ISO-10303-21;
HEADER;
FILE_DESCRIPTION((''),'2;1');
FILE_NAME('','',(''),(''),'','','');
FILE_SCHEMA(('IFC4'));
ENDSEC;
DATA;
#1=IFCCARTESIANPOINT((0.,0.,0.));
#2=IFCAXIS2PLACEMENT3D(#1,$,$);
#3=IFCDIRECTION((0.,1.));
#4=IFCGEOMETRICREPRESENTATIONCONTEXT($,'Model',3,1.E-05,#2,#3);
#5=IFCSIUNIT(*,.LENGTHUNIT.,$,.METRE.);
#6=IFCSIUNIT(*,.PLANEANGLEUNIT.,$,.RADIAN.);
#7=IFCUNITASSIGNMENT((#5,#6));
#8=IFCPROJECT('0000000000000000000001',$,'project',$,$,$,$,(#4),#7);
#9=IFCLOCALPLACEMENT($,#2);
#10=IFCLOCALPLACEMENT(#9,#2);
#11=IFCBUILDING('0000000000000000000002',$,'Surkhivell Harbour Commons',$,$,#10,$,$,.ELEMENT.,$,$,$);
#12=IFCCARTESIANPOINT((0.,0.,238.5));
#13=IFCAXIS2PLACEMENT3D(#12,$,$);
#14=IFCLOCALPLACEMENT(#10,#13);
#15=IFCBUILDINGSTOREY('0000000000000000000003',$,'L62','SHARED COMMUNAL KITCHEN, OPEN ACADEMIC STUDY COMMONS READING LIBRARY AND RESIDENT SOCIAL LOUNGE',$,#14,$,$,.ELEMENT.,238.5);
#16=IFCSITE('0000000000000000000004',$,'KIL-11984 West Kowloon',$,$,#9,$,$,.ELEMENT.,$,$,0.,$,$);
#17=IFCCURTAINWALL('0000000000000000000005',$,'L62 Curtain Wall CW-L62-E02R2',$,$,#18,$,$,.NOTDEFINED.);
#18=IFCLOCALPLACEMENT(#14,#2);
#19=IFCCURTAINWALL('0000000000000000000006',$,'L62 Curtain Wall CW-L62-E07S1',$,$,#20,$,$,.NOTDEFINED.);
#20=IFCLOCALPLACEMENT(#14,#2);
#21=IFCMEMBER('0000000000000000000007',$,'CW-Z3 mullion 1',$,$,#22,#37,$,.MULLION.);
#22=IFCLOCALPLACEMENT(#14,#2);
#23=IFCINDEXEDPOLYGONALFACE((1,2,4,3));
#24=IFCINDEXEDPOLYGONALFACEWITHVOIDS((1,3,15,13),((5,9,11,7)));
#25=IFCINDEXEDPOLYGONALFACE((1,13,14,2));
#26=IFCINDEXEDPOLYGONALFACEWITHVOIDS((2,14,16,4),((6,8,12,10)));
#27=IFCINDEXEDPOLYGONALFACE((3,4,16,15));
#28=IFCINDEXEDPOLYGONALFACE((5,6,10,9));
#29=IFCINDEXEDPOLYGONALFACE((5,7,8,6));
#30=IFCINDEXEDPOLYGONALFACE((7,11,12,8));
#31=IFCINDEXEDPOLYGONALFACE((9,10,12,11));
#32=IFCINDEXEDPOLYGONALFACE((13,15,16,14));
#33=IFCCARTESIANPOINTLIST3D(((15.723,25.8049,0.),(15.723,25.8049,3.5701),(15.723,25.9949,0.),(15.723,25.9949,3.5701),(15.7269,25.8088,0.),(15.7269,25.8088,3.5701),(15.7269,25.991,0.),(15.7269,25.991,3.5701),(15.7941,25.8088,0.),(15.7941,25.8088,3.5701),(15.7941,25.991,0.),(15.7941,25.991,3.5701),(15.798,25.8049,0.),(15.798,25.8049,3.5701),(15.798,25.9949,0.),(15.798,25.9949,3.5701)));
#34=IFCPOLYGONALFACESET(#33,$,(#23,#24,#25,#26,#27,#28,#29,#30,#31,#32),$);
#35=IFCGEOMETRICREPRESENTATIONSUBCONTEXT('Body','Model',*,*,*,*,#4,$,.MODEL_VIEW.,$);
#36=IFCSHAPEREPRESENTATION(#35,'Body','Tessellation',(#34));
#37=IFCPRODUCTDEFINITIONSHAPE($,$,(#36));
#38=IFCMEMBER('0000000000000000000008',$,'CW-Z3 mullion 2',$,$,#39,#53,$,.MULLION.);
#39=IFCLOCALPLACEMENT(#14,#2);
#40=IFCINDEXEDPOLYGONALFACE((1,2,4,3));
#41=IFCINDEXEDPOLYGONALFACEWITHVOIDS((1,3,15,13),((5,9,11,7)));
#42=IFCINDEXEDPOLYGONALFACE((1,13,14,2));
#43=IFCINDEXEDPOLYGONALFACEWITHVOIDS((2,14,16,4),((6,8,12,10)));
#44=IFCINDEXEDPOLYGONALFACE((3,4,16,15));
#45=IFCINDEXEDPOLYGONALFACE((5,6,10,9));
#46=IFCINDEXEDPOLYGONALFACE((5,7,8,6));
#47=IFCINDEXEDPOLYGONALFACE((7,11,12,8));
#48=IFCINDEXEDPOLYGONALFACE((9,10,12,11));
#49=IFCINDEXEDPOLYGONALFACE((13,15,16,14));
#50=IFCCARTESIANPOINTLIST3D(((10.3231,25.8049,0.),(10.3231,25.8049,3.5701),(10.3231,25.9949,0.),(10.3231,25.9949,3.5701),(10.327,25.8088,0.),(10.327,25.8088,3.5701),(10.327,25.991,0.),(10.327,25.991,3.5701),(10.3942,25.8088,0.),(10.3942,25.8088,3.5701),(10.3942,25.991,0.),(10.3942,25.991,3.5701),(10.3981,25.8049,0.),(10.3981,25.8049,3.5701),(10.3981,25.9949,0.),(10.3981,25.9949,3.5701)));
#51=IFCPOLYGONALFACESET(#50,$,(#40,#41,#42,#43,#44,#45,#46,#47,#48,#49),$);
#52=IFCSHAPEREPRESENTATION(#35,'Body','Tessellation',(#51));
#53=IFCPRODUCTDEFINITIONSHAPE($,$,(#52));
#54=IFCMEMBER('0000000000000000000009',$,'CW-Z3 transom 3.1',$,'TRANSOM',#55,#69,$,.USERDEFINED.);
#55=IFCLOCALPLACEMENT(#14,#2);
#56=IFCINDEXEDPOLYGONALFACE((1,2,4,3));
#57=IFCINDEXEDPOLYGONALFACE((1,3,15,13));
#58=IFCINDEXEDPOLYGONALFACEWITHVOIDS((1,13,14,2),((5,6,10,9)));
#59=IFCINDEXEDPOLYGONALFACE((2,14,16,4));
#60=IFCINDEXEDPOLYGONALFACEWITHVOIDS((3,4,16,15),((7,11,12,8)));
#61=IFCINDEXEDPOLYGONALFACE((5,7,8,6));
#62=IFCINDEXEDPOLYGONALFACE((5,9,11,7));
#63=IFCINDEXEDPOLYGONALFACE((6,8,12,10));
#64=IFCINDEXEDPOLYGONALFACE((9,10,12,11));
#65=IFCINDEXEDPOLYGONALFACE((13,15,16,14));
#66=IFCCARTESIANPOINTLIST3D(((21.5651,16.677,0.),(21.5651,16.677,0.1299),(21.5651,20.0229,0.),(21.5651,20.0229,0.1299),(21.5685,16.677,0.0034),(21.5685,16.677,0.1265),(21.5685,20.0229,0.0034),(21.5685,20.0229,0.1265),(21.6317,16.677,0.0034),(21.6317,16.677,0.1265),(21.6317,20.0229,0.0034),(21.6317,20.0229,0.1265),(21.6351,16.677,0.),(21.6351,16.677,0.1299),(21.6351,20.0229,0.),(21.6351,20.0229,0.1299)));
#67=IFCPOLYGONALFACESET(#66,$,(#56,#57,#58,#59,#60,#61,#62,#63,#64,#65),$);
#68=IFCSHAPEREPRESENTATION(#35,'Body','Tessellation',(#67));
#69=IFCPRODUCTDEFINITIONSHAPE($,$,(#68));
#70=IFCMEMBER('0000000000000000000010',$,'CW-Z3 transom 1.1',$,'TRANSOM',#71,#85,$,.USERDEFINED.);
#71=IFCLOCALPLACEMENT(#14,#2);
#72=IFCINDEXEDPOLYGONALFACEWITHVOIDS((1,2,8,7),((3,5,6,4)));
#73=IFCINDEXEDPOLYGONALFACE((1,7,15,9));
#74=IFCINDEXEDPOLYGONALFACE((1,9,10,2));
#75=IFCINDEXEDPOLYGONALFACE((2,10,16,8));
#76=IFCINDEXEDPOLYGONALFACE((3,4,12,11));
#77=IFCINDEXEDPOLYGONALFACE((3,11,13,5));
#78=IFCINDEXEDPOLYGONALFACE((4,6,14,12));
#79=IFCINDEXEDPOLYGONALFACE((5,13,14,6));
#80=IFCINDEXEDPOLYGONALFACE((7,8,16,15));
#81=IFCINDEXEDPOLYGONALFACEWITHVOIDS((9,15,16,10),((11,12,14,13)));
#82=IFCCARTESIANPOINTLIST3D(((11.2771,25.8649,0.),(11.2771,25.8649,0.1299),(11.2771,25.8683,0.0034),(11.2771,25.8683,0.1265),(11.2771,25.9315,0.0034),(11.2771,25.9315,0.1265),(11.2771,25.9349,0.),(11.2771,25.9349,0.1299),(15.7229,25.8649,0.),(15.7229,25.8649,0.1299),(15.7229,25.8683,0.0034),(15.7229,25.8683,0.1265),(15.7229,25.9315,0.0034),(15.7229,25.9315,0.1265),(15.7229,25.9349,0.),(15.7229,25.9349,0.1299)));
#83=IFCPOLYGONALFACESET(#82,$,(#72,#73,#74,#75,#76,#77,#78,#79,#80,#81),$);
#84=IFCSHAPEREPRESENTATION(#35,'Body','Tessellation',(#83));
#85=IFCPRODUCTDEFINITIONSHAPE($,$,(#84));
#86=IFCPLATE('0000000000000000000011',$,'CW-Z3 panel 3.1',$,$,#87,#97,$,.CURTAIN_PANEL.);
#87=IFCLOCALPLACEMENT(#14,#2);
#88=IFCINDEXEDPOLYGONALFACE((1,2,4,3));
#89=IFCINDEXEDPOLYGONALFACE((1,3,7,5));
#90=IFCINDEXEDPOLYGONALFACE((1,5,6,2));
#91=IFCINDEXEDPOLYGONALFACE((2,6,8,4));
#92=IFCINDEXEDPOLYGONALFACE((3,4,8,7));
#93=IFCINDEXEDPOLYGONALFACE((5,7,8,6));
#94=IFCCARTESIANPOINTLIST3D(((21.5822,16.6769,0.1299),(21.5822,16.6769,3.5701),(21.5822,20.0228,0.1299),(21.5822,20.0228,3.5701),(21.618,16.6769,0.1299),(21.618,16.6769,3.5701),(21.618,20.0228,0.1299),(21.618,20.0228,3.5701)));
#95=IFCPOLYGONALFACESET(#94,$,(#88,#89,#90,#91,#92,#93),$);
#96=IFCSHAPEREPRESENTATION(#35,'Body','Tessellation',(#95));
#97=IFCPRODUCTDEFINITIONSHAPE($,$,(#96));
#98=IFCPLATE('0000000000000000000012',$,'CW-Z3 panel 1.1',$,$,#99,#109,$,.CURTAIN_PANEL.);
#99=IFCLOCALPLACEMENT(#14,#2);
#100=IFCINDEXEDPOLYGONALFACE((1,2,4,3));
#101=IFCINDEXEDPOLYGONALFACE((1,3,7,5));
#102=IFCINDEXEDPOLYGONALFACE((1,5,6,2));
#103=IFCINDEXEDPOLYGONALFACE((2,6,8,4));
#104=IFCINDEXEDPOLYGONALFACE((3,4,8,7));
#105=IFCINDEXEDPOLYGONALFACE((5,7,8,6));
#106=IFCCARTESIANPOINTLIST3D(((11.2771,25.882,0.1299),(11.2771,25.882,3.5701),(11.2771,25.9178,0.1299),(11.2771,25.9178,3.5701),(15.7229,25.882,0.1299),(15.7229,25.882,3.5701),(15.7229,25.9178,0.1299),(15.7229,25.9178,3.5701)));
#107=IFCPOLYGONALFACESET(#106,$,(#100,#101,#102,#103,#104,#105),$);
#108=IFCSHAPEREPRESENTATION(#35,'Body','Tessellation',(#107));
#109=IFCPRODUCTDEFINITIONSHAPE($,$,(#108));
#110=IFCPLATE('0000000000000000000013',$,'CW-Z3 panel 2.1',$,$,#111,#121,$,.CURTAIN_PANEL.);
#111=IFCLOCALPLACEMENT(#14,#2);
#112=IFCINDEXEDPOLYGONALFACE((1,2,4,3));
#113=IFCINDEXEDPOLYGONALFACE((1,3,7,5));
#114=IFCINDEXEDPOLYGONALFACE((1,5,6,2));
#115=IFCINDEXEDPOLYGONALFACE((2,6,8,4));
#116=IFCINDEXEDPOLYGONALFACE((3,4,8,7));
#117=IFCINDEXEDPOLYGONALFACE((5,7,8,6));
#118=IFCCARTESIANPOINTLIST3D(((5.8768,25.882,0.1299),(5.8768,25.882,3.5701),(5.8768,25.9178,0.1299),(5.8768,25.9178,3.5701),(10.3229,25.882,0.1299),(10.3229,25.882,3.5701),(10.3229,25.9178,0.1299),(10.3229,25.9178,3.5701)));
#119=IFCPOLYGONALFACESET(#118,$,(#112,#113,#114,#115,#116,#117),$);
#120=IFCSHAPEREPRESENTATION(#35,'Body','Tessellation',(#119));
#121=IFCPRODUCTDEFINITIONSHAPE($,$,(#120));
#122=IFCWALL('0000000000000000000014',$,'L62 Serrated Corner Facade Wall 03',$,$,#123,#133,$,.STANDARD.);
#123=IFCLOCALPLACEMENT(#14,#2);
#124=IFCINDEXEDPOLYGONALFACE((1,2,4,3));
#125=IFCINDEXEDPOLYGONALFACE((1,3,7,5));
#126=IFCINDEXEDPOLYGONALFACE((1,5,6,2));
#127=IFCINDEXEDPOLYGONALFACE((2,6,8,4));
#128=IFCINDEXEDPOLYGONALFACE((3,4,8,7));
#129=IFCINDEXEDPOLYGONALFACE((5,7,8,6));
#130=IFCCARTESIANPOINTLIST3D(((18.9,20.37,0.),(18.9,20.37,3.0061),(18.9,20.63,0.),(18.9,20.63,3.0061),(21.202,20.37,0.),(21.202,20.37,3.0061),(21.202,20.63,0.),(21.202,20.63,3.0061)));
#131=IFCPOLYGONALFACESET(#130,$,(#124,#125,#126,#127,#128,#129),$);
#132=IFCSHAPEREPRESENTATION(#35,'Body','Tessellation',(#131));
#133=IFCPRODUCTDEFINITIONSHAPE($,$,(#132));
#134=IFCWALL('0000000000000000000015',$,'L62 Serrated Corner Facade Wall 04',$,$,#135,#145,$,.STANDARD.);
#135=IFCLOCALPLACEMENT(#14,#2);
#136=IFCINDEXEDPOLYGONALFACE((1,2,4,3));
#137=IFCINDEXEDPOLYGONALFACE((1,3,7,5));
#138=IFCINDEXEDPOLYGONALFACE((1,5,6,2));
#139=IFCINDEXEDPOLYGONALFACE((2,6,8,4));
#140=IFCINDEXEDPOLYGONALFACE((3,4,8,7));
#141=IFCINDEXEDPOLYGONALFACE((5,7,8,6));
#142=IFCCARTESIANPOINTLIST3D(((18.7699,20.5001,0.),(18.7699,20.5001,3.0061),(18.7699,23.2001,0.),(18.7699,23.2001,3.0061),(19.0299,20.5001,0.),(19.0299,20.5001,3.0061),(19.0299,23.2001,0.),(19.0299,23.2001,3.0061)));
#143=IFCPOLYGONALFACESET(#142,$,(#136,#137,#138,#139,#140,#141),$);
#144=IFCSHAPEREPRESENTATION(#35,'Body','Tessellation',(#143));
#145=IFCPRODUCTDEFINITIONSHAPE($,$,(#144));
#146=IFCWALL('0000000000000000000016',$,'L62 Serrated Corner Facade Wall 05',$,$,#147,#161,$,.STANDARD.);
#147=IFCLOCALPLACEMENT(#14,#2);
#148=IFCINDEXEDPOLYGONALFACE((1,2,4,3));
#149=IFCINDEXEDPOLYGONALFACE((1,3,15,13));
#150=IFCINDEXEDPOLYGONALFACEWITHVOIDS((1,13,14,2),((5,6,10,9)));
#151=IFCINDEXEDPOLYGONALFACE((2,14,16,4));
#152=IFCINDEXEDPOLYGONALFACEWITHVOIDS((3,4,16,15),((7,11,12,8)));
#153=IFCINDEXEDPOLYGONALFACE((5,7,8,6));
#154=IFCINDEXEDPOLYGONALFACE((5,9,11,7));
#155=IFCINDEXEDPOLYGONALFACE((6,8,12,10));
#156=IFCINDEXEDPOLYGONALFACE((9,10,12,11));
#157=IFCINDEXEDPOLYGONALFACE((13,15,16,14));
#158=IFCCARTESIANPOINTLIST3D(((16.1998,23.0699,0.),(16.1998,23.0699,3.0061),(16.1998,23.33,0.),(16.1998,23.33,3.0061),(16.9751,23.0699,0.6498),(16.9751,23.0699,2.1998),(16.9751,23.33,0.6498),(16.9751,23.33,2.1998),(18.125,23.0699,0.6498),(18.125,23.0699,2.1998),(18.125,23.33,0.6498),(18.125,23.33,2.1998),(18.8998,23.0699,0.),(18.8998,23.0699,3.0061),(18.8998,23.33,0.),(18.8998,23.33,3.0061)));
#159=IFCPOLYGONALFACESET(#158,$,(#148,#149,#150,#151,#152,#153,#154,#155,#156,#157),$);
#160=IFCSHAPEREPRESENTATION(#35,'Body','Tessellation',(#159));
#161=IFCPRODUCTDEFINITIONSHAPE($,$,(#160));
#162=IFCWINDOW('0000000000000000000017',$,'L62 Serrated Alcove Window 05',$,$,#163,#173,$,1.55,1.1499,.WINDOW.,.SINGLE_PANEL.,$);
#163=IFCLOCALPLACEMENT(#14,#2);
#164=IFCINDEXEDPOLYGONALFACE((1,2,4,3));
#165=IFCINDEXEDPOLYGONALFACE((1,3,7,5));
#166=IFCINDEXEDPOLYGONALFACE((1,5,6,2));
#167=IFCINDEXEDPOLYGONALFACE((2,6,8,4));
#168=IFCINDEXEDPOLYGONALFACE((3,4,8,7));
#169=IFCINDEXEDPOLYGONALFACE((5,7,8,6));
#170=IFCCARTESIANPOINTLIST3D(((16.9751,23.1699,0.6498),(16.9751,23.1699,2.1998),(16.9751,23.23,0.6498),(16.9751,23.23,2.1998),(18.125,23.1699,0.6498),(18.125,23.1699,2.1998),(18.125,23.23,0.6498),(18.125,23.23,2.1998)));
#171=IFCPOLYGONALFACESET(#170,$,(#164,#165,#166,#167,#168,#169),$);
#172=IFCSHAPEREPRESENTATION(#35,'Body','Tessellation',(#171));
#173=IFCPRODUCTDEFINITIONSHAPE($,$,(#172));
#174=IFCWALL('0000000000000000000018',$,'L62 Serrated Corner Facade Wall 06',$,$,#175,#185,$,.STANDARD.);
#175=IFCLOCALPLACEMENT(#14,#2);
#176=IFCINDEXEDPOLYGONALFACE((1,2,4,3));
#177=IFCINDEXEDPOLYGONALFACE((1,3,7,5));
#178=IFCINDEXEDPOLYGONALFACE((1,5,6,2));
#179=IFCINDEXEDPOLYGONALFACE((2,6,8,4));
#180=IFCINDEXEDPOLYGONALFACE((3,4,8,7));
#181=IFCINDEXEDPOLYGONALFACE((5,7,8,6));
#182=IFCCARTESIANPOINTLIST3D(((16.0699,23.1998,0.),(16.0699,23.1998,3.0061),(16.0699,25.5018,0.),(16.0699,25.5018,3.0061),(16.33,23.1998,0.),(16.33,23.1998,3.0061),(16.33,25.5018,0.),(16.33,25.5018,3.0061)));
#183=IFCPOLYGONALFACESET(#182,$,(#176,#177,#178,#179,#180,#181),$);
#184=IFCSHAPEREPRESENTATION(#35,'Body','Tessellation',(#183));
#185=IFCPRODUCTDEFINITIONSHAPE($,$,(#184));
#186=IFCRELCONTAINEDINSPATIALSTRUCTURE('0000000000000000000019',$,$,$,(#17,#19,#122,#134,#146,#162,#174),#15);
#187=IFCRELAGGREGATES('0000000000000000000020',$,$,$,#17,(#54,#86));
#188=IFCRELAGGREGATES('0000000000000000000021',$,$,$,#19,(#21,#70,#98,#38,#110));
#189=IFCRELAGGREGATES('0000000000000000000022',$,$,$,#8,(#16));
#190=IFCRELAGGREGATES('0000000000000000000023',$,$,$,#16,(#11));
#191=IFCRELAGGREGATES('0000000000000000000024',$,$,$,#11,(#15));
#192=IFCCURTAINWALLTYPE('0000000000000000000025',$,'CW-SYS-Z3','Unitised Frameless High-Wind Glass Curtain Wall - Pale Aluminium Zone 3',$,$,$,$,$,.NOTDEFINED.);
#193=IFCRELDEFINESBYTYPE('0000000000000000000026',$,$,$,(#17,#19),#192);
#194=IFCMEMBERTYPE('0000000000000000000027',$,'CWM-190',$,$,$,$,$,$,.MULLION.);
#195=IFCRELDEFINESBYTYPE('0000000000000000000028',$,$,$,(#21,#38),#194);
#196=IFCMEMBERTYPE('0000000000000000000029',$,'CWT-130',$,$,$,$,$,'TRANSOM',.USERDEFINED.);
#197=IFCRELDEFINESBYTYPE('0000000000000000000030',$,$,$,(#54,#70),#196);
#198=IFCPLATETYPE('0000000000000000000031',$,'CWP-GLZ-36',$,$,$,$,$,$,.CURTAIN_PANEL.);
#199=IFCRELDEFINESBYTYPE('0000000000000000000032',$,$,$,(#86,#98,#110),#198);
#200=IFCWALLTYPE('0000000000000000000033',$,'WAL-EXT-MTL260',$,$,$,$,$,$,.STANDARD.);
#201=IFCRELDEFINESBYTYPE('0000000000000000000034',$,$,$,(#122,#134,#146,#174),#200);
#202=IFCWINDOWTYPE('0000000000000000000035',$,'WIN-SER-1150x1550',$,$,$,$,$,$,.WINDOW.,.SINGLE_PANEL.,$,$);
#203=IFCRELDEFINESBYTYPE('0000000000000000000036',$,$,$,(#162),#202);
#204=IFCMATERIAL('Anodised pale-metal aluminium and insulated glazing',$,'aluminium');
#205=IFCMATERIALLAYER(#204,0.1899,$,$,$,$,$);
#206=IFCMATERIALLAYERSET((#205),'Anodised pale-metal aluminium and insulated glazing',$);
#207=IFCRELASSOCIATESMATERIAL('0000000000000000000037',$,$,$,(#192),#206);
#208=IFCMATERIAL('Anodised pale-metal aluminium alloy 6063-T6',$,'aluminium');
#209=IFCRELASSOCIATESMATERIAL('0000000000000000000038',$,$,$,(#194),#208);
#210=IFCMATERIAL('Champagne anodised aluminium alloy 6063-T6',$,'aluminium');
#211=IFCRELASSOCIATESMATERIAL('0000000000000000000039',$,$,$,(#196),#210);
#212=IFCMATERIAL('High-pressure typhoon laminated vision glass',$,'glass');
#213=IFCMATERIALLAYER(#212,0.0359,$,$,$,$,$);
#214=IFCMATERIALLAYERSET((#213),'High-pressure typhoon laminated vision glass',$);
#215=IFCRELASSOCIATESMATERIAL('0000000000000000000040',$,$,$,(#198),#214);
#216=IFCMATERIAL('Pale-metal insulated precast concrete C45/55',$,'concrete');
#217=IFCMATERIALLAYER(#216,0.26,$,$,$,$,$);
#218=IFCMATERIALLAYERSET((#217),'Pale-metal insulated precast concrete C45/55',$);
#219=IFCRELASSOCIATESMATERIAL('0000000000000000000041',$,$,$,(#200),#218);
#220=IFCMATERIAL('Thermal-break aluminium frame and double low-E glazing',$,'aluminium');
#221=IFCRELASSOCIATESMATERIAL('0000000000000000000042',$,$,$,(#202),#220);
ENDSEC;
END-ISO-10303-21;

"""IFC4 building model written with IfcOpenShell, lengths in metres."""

from ifc_helpers import new_model, si_unit, direction, frame, frame_2d, origin, origin_2d, place, context, subcontext, project, spatial, rectangle, hollow_rectangle, extrude, material, layer, layer_set, material_profile, profile_set, type_object, element, fill, aggregate, save


model = new_model("IFC4")

# Units and contexts
model_context = context("Model", 3, precision=1e-05, world=origin(), true_north=direction((0.0, 1.0)))
body_context = subcontext(model_context, "Body", "Model", "MODEL_VIEW")
ifc_project = project(units=[si_unit("LENGTHUNIT", "METRE"), si_unit("PLANEANGLEUNIT", "RADIAN")], contexts=[model_context])

# Site, building, storey
site_placement = place(None, origin())
site = spatial("IfcSite", under=ifc_project, at=site_placement, Name="KIL-11984 West Kowloon", CompositionType="ELEMENT", RefElevation=0.0)
building_placement = place(site_placement, origin())
building = spatial("IfcBuilding", under=site, at=building_placement, Name="Surkhivell Harbour Commons", CompositionType="ELEMENT")
storey_placement = place(building_placement, frame((0.0, 0.0, 238.5)))
storey = spatial("IfcBuildingStorey", under=building, at=storey_placement, Name="L62", Description="SHARED COMMUNAL KITCHEN, OPEN ACADEMIC STUDY COMMONS READING LIBRARY AND RESIDENT SOCIAL LOUNGE", CompositionType="ELEMENT", Elevation=238.5)

# Curtain walls, members
ifc_material_1 = material(Name="Anodised pale-metal aluminium and insulated glazing", Category="aluminium")
ifc_layer_1 = layer(ifc_material_1, 0.1899)
ifc_layer_set_1 = layer_set([ifc_layer_1], Name="Anodised pale-metal aluminium and insulated glazing")
curtain_wall_type = type_object("IfcCurtainWallType", Name="CW-SYS-Z3", Description="Unitised Frameless High-Wind Glass Curtain Wall - Pale Aluminium Zone 3", PredefinedType="NOTDEFINED", material=ifc_layer_set_1)
curtain_wall_1_placement = place(storey_placement, origin())
curtain_wall_1 = element("IfcCurtainWall", 1, at=curtain_wall_1_placement, inside=storey, type_object=curtain_wall_type, Name="L62 Curtain Wall CW-L62-E02R2", PredefinedType="NOTDEFINED")
ifc_material_2 = material(Name="Anodised pale-metal aluminium alloy 6063-T6", Category="aluminium")
ifc_material_profile_1 = material_profile(ifc_material_2, hollow_rectangle(XDim=0.075, YDim=0.1899, WallThickness=0.0039, at=origin_2d()), Name="ALU-MULL-75x190")
ifc_profile_set_1 = profile_set([ifc_material_profile_1], Name="Anodised pale-metal aluminium alloy 6063-T6")
member_type_1 = type_object("IfcMemberType", Name="CWM-190", PredefinedType="MULLION", material=ifc_profile_set_1)
curtain_wall_2_placement = place(storey_placement, origin())
curtain_wall_2 = element("IfcCurtainWall", 2, at=curtain_wall_2_placement, inside=storey, type_object=curtain_wall_type, Name="L62 Curtain Wall CW-L62-E07S1", PredefinedType="NOTDEFINED")
member_1_placement = place(storey_placement, frame((15.7605, 25.8999, 0.0), z_axis=(0.0, 0.0, 1.0), x_axis=(-1.0, 0.0, 0.0)))
member_1 = element("IfcMember", 3, at=member_1_placement, type_object=member_type_1, Name="CW-Z3 mullion 1", PredefinedType="MULLION", context=body_context, shape_type="SweptSolid", body=[
    extrude(hollow_rectangle(XDim=0.075, YDim=0.1899, WallThickness=0.0039, at=origin_2d()), origin(), (0.0, 0.0, 1.0), 3.5701),
])
member_2_placement = place(storey_placement, frame((10.3606, 25.8999, 0.0), z_axis=(0.0, 0.0, 1.0), x_axis=(-1.0, 0.0, 0.0)))
member_2 = element("IfcMember", 4, at=member_2_placement, type_object=member_type_1, Name="CW-Z3 mullion 2", PredefinedType="MULLION", context=body_context, shape_type="SweptSolid", body=[
    extrude(hollow_rectangle(XDim=0.075, YDim=0.1899, WallThickness=0.0039, at=origin_2d()), origin(), (0.0, 0.0, 1.0), 3.5701),
])

# Members
ifc_material_3 = material(Name="Champagne anodised aluminium alloy 6063-T6", Category="aluminium")
ifc_material_profile_2 = material_profile(ifc_material_3, hollow_rectangle(XDim=0.0701, YDim=0.1299, WallThickness=0.0034, at=origin_2d()), Name="ALU-TRAN-70x130")
ifc_profile_set_2 = profile_set([ifc_material_profile_2], Name="Champagne anodised aluminium alloy 6063-T6")
member_type_2 = type_object("IfcMemberType", Name="CWT-130", ElementType="TRANSOM", PredefinedType="USERDEFINED", material=ifc_profile_set_2)
member_3_placement = place(storey_placement, frame((21.6001, 16.677, 0.0649), z_axis=(0.0, 1.0, 0.0), x_axis=(-1.0, 0.0, 0.0)))
member_3 = element("IfcMember", 5, at=member_3_placement, type_object=member_type_2, Name="CW-Z3 transom 3.1", ObjectType="TRANSOM", PredefinedType="USERDEFINED", context=body_context, shape_type="SweptSolid", body=[
    extrude(hollow_rectangle(XDim=0.0701, YDim=0.1299, WallThickness=0.0034, at=origin_2d()), origin(), (0.0, 0.0, 1.0), 3.3459),
])
member_4_placement = place(storey_placement, frame((15.7229, 25.8999, 0.0649), z_axis=(-1.0, 0.0, 0.0), x_axis=(0.0, -1.0, 0.0)))
member_4 = element("IfcMember", 6, at=member_4_placement, type_object=member_type_2, Name="CW-Z3 transom 1.1", ObjectType="TRANSOM", PredefinedType="USERDEFINED", context=body_context, shape_type="SweptSolid", body=[
    extrude(hollow_rectangle(XDim=0.0701, YDim=0.1299, WallThickness=0.0034, at=origin_2d()), origin(), (0.0, 0.0, 1.0), 4.4458),
])

# Plates
ifc_material_4 = material(Name="High-pressure typhoon laminated vision glass", Category="glass")
ifc_layer_2 = layer(ifc_material_4, 0.0359)
ifc_layer_set_2 = layer_set([ifc_layer_2], Name="High-pressure typhoon laminated vision glass")
plate_type = type_object("IfcPlateType", Name="CWP-GLZ-36", PredefinedType="CURTAIN_PANEL", material=ifc_layer_set_2)
plate_1_placement = place(storey_placement, frame((21.6001, 16.677, 0.1299), z_axis=(0.0, 0.0, 1.0), x_axis=(0.0, 1.0, 0.0)))
plate_1 = element("IfcPlate", 7, at=plate_1_placement, type_object=plate_type, Name="CW-Z3 panel 3.1", PredefinedType="CURTAIN_PANEL", context=body_context, shape_type="SweptSolid", body=[
    extrude(rectangle(XDim=3.3459, YDim=0.0359, at=frame_2d((1.6729, 0.0))), origin(), (0.0, 0.0, 1.0), 3.4402),
])
aggregate(curtain_wall_1, [member_3, plate_1])
plate_2_placement = place(storey_placement, frame((15.7229, 25.8999, 0.1299), z_axis=(0.0, 0.0, 1.0), x_axis=(-1.0, 0.0, 0.0)))
plate_2 = element("IfcPlate", 8, at=plate_2_placement, type_object=plate_type, Name="CW-Z3 panel 1.1", PredefinedType="CURTAIN_PANEL", context=body_context, shape_type="SweptSolid", body=[
    extrude(rectangle(XDim=4.4458, YDim=0.0359, at=frame_2d((2.2229, 0.0))), origin(), (0.0, 0.0, 1.0), 3.4402),
])
plate_3_placement = place(storey_placement, frame((10.323, 25.8999, 0.1299), z_axis=(0.0, 0.0, 1.0), x_axis=(-1.0, 0.0, 0.0)))
plate_3 = element("IfcPlate", 9, at=plate_3_placement, type_object=plate_type, Name="CW-Z3 panel 2.1", PredefinedType="CURTAIN_PANEL", context=body_context, shape_type="SweptSolid", body=[
    extrude(rectangle(XDim=4.446, YDim=0.0359, at=frame_2d((2.2231, 0.0))), origin(), (0.0, 0.0, 1.0), 3.4402),
])
aggregate(curtain_wall_2, [member_1, member_4, plate_2, member_2, plate_3])

# Walls
ifc_material_5 = material(Name="Pale-metal insulated precast concrete C45/55", Category="concrete")
ifc_layer_3 = layer(ifc_material_5, 0.26)
ifc_layer_set_3 = layer_set([ifc_layer_3], Name="Pale-metal insulated precast concrete C45/55")
wall_type_1 = type_object("IfcWallType", Name="WAL-EXT-MTL260", PredefinedType="STANDARD", material=ifc_layer_set_3)
wall_1_placement = place(storey_placement, frame((21.2019, 20.5, 0.0), z_axis=(0.0, 0.0, 1.0), x_axis=(-1.0, 0.0, 0.0)))
element("IfcWall", 10, at=wall_1_placement, inside=storey, type_object=wall_type_1, Name="L62 Serrated Corner Facade Wall 03", PredefinedType="STANDARD", context=body_context, shape_type="SweptSolid", body=[
    extrude(rectangle(XDim=2.302, YDim=0.26, at=frame_2d((1.1509, 0.0))), origin(), (0.0, 0.0, 1.0), 3.0061),
])
wall_2_placement = place(storey_placement, frame((18.8999, 20.5, 0.0), z_axis=(0.0, 0.0, 1.0), x_axis=(0.0, 1.0, 0.0)))
element("IfcWall", 11, at=wall_2_placement, inside=storey, type_object=wall_type_1, Name="L62 Serrated Corner Facade Wall 04", PredefinedType="STANDARD", context=body_context, shape_type="SweptSolid", body=[
    extrude(rectangle(XDim=2.7, YDim=0.26, at=frame_2d((1.3501, 0.0))), origin(), (0.0, 0.0, 1.0), 3.0061),
])

# Wall, opening, window
wall_3_placement = place(storey_placement, frame((18.8999, 23.2, 0.0), z_axis=(0.0, 0.0, 1.0), x_axis=(-1.0, 0.0, 0.0)))
wall_3 = element("IfcWall", 12, at=wall_3_placement, inside=storey, type_object=wall_type_1, Name="L62 Serrated Corner Facade Wall 05", PredefinedType="STANDARD", context=body_context, shape_type="SweptSolid", body=[
    extrude(rectangle(XDim=2.7, YDim=0.26, at=frame_2d((1.3501, 0.0))), origin(), (0.0, 0.0, 1.0), 3.0061),
])
opening_placement = place(wall_3_placement, frame((0.7749, 0.0, 0.6499)))
opening = element("IfcOpeningElement", 13, at=opening_placement, cuts=wall_3, PredefinedType="OPENING", context=body_context, shape_type="SweptSolid", body=[
    extrude(rectangle(XDim=1.1499, YDim=1.55, at=frame_2d((0.575, 0.7749))), frame((0.0, 0.1399, 0.0), z_axis=(0.0, -1.0, 0.0), x_axis=(1.0, 0.0, 0.0)), (0.0, 0.0, 1.0), 0.28),
])
ifc_material_6 = material(Name="Thermal-break aluminium frame and double low-E glazing", Category="aluminium")
window_type = type_object("IfcWindowType", Name="WIN-SER-1150x1550", PartitioningType="SINGLE_PANEL", PredefinedType="WINDOW", material=ifc_material_6)
window_placement = place(opening_placement, origin())
window = element("IfcWindow", 14, at=window_placement, inside=storey, type_object=window_type, Name="L62 Serrated Alcove Window 05", OverallHeight=1.55, OverallWidth=1.1499, PartitioningType="SINGLE_PANEL", PredefinedType="WINDOW", context=body_context, shape_type="SweptSolid", body=[
    extrude(rectangle(XDim=1.1499, YDim=1.55, at=frame_2d((0.575, 0.7749))), frame((0.0, 0.03, 0.0), z_axis=(0.0, -1.0, 0.0), x_axis=(1.0, 0.0, 0.0)), (0.0, 0.0, 1.0), 0.0601),
])
fill(opening, window)

# Wall
wall_4_placement = place(storey_placement, frame((16.2, 23.2, 0.0), z_axis=(0.0, 0.0, 1.0), x_axis=(0.0, 1.0, 0.0)))
element("IfcWall", 15, at=wall_4_placement, inside=storey, type_object=wall_type_1, Name="L62 Serrated Corner Facade Wall 06", PredefinedType="STANDARD", context=body_context, shape_type="SweptSolid", body=[
    extrude(rectangle(XDim=2.302, YDim=0.26, at=frame_2d((1.1509, 0.0))), origin(), (0.0, 0.0, 1.0), 3.0061),
])

save(model, "model.ifc")
